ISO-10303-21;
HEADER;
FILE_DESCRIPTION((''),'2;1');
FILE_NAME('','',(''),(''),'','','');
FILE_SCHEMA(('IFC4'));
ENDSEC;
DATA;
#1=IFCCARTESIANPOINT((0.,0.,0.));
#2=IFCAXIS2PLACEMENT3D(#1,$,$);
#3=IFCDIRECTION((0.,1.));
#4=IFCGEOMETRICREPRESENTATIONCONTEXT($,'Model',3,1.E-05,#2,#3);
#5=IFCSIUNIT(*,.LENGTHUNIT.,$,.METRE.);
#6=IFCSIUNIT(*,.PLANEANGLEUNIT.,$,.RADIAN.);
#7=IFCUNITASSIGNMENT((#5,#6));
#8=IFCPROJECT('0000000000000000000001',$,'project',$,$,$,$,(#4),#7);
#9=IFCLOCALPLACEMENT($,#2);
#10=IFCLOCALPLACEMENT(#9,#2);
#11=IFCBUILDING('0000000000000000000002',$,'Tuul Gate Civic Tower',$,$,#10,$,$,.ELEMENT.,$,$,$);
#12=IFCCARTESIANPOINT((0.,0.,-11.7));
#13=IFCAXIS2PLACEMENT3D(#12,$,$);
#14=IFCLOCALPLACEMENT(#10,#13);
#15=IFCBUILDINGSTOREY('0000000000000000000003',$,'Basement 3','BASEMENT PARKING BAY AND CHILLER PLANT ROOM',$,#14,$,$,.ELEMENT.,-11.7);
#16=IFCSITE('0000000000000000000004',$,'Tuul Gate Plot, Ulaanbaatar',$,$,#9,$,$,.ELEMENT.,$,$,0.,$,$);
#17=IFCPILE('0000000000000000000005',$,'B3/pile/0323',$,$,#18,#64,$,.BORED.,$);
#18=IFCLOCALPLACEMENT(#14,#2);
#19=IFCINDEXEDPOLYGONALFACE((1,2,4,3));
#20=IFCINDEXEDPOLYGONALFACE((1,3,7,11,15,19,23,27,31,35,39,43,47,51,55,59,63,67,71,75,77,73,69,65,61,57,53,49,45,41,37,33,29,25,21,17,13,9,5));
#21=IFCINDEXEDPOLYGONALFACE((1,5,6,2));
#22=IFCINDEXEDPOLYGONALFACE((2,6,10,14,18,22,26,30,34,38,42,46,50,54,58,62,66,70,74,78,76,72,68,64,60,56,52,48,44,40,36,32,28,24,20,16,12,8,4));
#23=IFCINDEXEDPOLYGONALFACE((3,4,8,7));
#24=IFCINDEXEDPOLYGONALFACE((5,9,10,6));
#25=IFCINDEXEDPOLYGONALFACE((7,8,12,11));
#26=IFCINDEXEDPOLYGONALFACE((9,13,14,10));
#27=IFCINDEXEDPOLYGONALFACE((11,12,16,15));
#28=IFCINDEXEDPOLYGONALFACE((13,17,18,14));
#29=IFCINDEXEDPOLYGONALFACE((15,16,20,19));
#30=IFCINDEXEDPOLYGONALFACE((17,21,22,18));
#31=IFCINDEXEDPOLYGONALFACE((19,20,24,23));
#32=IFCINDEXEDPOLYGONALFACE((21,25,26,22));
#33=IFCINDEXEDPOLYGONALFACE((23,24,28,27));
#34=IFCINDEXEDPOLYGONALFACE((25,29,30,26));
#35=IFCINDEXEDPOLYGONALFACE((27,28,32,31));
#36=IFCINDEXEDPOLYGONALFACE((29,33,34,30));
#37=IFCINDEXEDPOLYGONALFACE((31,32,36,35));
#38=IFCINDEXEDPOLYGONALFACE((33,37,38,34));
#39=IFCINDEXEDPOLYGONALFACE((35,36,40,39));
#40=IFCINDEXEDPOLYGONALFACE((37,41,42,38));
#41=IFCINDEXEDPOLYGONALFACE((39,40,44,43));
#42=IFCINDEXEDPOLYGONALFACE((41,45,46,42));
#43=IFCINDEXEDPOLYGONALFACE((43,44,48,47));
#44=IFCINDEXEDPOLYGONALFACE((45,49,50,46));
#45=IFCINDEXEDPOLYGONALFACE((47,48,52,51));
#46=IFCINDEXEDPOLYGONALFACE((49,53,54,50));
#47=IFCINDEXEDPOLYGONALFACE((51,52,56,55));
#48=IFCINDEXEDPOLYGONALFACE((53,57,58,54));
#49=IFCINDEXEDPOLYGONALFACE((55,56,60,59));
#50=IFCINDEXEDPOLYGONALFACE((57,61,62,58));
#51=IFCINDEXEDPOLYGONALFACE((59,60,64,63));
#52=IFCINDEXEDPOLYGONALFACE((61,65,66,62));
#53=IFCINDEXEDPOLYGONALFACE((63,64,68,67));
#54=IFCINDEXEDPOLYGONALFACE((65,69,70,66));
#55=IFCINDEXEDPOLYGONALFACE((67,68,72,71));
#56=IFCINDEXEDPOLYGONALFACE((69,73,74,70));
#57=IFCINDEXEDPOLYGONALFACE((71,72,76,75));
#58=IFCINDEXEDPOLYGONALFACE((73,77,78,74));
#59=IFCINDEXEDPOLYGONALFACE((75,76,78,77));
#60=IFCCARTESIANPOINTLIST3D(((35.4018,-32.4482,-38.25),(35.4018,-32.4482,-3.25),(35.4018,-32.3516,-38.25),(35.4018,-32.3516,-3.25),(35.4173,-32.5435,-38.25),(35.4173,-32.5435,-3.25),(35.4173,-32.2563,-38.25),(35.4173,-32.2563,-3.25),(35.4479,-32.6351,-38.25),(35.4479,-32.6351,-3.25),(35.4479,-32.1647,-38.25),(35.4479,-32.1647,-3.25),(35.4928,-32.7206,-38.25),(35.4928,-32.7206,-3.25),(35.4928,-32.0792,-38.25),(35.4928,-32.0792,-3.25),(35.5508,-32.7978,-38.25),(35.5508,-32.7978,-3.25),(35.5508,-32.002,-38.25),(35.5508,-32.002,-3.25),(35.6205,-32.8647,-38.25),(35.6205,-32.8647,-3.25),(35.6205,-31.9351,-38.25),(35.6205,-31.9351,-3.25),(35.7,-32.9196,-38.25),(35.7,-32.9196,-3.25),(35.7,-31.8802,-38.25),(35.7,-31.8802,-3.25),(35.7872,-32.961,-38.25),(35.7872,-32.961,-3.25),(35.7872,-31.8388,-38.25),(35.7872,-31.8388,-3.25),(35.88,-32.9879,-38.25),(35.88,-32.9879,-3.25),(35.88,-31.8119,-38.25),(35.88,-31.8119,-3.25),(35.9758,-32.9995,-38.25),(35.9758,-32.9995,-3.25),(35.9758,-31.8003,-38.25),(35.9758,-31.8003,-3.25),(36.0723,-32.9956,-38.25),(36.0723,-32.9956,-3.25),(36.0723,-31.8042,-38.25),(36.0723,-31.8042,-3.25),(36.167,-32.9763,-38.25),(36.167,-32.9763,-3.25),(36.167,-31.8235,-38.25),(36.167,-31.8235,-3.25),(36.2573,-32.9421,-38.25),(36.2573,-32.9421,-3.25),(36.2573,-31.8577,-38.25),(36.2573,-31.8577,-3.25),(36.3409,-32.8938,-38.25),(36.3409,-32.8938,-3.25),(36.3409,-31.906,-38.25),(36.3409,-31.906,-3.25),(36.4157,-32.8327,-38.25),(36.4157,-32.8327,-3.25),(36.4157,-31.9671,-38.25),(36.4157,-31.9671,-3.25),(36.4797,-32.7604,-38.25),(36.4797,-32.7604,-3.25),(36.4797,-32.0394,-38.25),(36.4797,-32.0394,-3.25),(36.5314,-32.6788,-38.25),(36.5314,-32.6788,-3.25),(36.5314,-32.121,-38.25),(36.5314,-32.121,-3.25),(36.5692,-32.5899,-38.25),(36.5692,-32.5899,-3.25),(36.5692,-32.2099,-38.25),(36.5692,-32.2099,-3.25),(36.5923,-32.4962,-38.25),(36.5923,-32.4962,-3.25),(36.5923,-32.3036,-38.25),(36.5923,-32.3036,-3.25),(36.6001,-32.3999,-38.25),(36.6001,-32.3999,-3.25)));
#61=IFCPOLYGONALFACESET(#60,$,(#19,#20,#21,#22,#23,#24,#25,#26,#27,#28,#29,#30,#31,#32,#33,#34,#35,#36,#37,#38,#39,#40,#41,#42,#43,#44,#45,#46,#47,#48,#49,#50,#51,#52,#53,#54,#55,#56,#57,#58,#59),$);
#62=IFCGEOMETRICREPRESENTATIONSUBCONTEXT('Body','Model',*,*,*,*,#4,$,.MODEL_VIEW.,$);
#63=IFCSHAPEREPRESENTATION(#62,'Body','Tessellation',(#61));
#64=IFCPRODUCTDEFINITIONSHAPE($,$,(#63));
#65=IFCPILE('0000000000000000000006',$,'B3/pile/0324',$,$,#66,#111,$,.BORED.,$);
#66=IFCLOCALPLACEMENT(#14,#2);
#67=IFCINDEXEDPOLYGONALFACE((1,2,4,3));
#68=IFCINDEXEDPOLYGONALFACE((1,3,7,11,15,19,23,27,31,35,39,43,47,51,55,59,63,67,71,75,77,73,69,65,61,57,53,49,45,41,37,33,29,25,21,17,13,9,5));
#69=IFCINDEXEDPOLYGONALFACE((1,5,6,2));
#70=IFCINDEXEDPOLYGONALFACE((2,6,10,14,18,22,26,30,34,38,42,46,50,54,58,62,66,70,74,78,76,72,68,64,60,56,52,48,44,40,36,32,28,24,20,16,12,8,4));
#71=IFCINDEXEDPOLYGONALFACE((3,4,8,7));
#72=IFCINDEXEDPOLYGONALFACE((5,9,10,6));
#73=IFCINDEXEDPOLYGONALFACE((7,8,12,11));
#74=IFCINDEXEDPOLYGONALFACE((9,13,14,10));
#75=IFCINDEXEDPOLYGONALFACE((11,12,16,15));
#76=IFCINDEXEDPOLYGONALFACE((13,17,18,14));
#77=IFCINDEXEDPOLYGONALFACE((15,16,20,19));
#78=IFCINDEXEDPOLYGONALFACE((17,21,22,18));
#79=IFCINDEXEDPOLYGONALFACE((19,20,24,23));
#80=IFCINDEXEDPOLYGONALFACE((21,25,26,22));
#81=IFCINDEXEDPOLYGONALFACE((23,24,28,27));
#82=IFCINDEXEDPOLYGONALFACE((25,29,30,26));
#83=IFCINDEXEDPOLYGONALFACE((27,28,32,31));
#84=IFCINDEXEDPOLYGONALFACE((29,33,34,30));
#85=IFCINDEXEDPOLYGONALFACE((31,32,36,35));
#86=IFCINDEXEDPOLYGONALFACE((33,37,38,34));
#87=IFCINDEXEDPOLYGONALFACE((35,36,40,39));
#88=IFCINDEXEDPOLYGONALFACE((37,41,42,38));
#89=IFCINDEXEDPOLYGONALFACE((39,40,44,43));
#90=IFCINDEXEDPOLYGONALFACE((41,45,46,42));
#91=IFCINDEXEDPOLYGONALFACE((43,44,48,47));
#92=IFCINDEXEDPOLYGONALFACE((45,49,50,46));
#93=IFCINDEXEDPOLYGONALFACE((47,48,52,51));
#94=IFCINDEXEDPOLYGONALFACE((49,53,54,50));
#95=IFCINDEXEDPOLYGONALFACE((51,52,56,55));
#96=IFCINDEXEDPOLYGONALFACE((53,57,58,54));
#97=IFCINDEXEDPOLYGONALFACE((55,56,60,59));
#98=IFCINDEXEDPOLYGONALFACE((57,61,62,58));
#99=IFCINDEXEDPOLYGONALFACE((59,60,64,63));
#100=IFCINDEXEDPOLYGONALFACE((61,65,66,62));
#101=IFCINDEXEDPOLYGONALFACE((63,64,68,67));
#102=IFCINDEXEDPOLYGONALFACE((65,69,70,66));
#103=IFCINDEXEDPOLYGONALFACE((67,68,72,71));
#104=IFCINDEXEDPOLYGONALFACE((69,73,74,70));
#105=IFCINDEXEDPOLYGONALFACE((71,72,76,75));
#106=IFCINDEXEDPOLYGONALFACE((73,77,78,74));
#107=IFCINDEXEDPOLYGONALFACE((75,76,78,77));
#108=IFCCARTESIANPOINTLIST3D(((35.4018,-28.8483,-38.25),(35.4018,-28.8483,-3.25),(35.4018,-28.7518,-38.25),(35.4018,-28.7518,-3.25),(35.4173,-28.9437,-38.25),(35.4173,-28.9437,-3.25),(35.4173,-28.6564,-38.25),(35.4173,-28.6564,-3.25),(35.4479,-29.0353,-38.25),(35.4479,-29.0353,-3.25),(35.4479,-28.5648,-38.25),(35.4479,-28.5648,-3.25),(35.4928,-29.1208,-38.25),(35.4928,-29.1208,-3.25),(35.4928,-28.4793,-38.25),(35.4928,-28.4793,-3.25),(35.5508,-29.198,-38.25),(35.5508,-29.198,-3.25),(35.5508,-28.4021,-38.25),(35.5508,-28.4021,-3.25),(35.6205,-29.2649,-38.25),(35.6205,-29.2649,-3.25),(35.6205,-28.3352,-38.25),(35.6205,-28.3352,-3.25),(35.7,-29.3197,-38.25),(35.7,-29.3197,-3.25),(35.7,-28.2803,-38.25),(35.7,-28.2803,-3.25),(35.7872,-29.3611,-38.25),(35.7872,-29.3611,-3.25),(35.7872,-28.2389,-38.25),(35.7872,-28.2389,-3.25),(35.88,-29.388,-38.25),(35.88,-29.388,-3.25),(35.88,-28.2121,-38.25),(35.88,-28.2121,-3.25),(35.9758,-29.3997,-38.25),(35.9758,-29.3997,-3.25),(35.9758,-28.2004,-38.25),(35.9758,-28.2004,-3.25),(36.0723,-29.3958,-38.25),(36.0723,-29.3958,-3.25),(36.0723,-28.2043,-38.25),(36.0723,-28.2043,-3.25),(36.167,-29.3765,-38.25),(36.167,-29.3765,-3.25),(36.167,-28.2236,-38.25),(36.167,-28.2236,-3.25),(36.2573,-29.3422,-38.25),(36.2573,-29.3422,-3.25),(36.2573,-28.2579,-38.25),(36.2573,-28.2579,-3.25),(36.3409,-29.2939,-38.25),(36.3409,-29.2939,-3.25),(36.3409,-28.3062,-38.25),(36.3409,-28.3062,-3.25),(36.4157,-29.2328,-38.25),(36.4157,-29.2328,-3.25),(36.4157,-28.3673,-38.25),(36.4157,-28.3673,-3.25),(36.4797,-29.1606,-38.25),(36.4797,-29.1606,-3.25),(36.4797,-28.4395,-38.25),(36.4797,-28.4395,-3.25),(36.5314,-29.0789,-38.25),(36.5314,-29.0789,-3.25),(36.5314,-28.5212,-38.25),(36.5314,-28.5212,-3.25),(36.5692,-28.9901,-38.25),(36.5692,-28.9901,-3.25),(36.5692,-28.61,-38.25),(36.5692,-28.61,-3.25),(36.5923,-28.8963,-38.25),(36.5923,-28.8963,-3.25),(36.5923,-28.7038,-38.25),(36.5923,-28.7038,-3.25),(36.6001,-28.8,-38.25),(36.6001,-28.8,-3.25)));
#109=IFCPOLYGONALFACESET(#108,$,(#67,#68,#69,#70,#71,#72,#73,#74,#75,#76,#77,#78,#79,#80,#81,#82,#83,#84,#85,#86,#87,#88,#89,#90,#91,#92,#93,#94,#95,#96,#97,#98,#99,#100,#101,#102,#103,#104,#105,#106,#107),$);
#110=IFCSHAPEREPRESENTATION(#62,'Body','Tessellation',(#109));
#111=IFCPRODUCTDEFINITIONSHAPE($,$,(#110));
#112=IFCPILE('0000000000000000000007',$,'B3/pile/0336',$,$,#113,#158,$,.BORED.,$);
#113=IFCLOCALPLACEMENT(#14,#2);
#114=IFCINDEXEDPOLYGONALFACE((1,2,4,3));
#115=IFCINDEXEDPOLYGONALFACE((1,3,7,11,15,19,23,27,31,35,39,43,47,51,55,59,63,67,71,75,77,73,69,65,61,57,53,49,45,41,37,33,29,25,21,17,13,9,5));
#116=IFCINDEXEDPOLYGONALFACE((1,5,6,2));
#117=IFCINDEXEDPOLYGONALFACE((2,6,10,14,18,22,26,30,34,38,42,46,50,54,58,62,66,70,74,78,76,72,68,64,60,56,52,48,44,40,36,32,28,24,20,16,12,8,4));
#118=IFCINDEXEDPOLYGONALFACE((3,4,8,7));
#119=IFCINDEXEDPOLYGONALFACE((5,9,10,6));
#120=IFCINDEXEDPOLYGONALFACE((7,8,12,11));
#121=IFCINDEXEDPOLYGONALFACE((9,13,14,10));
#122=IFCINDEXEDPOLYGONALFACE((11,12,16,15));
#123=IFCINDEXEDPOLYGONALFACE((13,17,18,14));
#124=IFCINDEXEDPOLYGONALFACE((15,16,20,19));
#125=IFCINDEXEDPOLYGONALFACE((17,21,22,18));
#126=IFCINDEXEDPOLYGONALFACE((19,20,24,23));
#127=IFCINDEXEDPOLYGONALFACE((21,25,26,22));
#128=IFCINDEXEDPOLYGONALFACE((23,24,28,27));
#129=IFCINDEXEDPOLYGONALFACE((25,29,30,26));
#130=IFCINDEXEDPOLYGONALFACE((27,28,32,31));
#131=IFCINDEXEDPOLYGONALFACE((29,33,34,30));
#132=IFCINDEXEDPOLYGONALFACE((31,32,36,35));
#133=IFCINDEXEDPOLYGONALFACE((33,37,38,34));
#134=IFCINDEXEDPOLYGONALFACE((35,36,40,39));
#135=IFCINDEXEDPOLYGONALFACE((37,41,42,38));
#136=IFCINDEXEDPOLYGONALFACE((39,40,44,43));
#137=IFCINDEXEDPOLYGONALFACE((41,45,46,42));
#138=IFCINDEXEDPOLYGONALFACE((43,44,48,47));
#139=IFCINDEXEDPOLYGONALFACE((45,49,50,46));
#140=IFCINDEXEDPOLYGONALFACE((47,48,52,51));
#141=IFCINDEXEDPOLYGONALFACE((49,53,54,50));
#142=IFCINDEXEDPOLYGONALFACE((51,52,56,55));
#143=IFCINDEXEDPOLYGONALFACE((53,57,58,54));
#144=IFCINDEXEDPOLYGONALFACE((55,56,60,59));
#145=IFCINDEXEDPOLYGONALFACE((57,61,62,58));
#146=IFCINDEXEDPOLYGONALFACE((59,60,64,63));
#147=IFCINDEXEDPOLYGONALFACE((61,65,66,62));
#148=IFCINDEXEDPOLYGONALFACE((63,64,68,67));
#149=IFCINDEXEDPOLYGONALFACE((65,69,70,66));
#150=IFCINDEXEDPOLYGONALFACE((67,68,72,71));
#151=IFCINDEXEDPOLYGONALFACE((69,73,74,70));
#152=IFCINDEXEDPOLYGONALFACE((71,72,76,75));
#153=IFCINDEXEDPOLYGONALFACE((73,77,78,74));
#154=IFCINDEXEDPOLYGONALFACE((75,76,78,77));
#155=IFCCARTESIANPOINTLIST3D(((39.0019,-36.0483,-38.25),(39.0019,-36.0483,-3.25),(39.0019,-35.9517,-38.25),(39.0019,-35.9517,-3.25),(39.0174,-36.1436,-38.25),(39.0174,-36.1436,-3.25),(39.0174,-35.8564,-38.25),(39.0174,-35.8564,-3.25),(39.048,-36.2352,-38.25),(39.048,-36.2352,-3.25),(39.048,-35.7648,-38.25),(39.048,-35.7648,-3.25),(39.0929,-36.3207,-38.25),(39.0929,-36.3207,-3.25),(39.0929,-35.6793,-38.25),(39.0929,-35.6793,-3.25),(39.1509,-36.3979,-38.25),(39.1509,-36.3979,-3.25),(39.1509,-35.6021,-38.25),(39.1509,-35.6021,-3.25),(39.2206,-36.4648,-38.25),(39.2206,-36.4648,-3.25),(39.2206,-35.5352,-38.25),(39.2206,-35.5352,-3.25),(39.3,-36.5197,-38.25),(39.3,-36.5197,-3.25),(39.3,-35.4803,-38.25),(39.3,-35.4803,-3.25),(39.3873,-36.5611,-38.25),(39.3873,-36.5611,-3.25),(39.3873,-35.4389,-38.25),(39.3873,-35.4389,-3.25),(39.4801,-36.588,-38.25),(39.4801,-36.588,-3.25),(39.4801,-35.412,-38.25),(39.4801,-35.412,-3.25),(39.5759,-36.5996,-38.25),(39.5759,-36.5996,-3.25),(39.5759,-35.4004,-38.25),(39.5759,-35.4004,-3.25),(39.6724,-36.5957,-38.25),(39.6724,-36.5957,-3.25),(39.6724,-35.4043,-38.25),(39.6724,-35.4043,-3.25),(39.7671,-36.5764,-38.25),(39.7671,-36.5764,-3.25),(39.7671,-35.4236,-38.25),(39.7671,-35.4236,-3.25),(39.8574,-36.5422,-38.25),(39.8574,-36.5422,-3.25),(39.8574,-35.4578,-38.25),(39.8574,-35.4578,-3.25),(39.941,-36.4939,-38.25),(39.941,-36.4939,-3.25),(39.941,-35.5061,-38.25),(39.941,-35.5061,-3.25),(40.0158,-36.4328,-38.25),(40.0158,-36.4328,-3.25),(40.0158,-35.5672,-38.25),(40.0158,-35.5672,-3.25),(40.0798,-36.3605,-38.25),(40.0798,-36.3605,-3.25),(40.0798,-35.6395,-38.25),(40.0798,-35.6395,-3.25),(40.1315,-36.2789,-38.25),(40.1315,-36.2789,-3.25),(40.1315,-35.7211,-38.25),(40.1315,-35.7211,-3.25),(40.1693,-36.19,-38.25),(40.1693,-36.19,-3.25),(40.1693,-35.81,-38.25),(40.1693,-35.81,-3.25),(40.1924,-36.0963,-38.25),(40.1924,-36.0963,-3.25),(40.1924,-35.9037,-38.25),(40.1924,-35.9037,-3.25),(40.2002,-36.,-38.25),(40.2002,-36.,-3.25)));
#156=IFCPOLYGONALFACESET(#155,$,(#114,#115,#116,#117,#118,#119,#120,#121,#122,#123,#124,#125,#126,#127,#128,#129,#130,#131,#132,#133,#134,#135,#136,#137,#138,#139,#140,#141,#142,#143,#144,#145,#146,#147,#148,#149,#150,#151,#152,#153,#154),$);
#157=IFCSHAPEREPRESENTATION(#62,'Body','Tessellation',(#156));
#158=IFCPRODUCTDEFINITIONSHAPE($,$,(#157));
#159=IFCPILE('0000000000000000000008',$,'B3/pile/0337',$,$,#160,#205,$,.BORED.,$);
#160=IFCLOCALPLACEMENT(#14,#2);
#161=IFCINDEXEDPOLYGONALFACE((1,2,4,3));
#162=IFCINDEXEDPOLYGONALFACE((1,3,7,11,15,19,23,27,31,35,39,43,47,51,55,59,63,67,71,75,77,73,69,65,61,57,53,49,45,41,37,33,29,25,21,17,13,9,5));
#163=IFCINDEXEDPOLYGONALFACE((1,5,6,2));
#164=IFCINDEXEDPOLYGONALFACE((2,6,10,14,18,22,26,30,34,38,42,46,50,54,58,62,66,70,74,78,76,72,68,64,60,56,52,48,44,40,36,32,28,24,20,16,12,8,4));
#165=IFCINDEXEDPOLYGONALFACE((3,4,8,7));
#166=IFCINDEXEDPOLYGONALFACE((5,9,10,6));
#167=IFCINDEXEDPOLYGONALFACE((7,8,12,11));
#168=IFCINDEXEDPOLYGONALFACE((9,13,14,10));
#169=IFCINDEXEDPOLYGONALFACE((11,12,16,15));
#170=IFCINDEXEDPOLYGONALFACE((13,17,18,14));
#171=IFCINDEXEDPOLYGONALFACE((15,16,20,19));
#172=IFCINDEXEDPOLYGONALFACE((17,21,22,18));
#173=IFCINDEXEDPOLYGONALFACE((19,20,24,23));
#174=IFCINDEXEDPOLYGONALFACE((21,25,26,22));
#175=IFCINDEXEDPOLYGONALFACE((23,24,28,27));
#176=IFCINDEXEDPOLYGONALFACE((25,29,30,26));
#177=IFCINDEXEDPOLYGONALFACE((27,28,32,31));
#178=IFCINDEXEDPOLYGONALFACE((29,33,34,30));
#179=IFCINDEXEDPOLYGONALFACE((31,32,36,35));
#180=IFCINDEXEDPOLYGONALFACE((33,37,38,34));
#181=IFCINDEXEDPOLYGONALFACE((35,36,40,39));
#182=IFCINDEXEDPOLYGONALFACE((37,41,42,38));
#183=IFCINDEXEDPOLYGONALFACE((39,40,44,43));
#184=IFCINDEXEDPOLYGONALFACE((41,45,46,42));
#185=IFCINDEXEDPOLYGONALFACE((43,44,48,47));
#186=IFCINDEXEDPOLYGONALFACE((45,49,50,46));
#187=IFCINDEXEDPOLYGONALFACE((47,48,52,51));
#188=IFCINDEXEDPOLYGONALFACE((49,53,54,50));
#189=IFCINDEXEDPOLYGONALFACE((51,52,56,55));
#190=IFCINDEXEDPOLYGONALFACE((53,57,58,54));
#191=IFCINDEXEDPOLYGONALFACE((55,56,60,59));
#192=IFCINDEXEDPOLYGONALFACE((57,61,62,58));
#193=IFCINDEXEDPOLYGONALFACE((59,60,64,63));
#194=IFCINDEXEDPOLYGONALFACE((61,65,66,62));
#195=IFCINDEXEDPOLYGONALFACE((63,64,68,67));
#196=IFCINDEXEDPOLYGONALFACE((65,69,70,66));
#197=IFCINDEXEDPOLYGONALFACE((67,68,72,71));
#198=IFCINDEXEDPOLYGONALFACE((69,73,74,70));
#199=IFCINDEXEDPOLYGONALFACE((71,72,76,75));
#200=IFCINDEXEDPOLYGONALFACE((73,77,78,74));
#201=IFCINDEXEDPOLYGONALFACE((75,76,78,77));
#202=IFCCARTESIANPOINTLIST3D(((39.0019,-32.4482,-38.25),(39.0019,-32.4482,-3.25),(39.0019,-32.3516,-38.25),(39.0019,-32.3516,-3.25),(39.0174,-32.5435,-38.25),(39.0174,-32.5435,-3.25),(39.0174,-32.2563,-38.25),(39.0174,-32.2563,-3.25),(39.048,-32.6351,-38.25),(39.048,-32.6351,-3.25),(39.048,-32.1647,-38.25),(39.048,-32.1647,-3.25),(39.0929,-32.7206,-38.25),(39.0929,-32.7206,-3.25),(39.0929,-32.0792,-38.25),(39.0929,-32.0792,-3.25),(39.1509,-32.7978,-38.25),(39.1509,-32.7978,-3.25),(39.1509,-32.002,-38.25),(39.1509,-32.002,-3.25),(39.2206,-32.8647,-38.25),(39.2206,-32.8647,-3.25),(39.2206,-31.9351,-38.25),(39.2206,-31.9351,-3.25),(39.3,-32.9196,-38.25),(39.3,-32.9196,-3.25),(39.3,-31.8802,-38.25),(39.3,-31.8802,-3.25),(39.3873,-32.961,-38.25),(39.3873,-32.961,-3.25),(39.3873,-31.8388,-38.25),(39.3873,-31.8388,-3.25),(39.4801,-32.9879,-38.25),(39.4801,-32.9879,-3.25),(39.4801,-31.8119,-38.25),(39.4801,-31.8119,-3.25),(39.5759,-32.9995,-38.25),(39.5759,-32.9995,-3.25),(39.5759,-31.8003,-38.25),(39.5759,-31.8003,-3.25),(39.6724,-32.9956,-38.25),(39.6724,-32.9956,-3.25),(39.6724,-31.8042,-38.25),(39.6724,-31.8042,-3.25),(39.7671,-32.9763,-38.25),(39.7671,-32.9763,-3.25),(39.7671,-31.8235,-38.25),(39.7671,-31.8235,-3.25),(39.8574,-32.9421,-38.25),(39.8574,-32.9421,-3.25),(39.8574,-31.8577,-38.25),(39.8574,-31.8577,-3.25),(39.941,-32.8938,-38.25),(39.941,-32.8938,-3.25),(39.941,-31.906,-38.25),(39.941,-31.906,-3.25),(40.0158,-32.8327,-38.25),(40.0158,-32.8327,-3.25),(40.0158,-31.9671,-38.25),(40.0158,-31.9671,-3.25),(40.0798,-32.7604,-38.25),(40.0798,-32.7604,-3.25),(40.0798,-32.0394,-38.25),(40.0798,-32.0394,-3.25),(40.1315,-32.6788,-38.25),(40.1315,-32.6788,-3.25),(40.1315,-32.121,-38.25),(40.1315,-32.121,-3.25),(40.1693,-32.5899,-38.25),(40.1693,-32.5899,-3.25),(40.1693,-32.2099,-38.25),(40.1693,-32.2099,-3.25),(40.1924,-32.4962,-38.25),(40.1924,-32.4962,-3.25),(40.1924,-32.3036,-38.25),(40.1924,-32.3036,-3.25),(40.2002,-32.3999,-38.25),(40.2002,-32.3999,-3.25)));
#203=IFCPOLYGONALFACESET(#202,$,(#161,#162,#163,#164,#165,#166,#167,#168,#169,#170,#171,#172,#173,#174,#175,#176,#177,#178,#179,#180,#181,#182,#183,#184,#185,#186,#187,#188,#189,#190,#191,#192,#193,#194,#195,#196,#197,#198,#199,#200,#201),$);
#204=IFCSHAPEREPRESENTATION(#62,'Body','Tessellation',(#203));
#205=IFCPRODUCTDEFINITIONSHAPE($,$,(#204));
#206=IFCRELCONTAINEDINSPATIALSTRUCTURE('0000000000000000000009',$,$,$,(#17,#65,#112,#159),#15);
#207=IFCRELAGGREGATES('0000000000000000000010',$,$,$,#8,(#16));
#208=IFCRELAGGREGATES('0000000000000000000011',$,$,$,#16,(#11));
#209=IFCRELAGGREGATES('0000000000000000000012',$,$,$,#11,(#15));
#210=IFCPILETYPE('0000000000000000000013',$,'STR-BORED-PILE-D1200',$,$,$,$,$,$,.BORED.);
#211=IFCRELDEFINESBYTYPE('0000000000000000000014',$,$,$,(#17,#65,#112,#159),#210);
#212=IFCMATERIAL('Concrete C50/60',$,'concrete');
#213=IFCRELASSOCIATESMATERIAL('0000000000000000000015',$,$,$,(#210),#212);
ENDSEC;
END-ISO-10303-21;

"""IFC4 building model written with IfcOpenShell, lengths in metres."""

from ifc_helpers import new_model, si_unit, direction, frame, origin, origin_2d, place, context, subcontext, project, spatial, circle, extrude, material, material_profile, profile_set, type_object, element, save


model = new_model("IFC4")

# Units and contexts
model_context = context("Model", 3, precision=1e-05, world=origin(), true_north=direction((0.0, 1.0)))
body_context = subcontext(model_context, "Body", "Model", "MODEL_VIEW")
ifc_project = project(units=[si_unit("LENGTHUNIT", "METRE"), si_unit("PLANEANGLEUNIT", "RADIAN")], contexts=[model_context])

# Site, building, storey
site_placement = place(None, origin())
site = spatial("IfcSite", under=ifc_project, at=site_placement, Name="Tuul Gate Plot, Ulaanbaatar", CompositionType="ELEMENT", RefElevation=0.0)
building_placement = place(site_placement, origin())
building = spatial("IfcBuilding", under=site, at=building_placement, Name="Tuul Gate Civic Tower", CompositionType="ELEMENT")
storey_placement = place(building_placement, frame((0.0, 0.0, -11.7)))
storey = spatial("IfcBuildingStorey", under=building, at=storey_placement, Name="Basement 3", Description="BASEMENT PARKING BAY AND CHILLER PLANT ROOM", CompositionType="ELEMENT", Elevation=-11.7)

# Piles
ifc_material_1 = material(Name="Concrete C50/60", Category="concrete")
ifc_material_profile_1 = material_profile(ifc_material_1, circle(Radius=0.6001, at=origin_2d()), Name="PILE1200")
ifc_profile_set_1 = profile_set([ifc_material_profile_1], Name="Concrete C50/60")
pile_type = type_object("IfcPileType", Name="STR-BORED-PILE-D1200", PredefinedType="BORED", material=ifc_profile_set_1)
for number, where, z_axis, x_axis, name in (
    (1, (36.0, -32.3999, -3.25), (0.0, 0.0, -1.0), (1.0, 0.0, 0.0), "B3/pile/0323"),
    (2, (36.0, -28.8, -3.25), (0.0, 0.0, -1.0), (1.0, 0.0, 0.0), "B3/pile/0324"),
    (3, (39.6001, -36.0, -3.25), (0.0, 0.0, -1.0), (1.0, 0.0, 0.0), "B3/pile/0336"),
    (4, (39.6001, -32.3999, -3.25), (0.0, 0.0, -1.0), (1.0, 0.0, 0.0), "B3/pile/0337"),
):
    element("IfcPile", number, at=place(storey_placement, frame(where, z_axis=z_axis, x_axis=x_axis)), inside=storey, type_object=pile_type, Name=name, PredefinedType="BORED", context=body_context, shape_type="SweptSolid", body=[
        extrude(circle(Radius=0.6001, at=origin_2d()), origin(), (0.0, 0.0, 1.0), 35.0),
    ])

save(model, "model.ifc")
